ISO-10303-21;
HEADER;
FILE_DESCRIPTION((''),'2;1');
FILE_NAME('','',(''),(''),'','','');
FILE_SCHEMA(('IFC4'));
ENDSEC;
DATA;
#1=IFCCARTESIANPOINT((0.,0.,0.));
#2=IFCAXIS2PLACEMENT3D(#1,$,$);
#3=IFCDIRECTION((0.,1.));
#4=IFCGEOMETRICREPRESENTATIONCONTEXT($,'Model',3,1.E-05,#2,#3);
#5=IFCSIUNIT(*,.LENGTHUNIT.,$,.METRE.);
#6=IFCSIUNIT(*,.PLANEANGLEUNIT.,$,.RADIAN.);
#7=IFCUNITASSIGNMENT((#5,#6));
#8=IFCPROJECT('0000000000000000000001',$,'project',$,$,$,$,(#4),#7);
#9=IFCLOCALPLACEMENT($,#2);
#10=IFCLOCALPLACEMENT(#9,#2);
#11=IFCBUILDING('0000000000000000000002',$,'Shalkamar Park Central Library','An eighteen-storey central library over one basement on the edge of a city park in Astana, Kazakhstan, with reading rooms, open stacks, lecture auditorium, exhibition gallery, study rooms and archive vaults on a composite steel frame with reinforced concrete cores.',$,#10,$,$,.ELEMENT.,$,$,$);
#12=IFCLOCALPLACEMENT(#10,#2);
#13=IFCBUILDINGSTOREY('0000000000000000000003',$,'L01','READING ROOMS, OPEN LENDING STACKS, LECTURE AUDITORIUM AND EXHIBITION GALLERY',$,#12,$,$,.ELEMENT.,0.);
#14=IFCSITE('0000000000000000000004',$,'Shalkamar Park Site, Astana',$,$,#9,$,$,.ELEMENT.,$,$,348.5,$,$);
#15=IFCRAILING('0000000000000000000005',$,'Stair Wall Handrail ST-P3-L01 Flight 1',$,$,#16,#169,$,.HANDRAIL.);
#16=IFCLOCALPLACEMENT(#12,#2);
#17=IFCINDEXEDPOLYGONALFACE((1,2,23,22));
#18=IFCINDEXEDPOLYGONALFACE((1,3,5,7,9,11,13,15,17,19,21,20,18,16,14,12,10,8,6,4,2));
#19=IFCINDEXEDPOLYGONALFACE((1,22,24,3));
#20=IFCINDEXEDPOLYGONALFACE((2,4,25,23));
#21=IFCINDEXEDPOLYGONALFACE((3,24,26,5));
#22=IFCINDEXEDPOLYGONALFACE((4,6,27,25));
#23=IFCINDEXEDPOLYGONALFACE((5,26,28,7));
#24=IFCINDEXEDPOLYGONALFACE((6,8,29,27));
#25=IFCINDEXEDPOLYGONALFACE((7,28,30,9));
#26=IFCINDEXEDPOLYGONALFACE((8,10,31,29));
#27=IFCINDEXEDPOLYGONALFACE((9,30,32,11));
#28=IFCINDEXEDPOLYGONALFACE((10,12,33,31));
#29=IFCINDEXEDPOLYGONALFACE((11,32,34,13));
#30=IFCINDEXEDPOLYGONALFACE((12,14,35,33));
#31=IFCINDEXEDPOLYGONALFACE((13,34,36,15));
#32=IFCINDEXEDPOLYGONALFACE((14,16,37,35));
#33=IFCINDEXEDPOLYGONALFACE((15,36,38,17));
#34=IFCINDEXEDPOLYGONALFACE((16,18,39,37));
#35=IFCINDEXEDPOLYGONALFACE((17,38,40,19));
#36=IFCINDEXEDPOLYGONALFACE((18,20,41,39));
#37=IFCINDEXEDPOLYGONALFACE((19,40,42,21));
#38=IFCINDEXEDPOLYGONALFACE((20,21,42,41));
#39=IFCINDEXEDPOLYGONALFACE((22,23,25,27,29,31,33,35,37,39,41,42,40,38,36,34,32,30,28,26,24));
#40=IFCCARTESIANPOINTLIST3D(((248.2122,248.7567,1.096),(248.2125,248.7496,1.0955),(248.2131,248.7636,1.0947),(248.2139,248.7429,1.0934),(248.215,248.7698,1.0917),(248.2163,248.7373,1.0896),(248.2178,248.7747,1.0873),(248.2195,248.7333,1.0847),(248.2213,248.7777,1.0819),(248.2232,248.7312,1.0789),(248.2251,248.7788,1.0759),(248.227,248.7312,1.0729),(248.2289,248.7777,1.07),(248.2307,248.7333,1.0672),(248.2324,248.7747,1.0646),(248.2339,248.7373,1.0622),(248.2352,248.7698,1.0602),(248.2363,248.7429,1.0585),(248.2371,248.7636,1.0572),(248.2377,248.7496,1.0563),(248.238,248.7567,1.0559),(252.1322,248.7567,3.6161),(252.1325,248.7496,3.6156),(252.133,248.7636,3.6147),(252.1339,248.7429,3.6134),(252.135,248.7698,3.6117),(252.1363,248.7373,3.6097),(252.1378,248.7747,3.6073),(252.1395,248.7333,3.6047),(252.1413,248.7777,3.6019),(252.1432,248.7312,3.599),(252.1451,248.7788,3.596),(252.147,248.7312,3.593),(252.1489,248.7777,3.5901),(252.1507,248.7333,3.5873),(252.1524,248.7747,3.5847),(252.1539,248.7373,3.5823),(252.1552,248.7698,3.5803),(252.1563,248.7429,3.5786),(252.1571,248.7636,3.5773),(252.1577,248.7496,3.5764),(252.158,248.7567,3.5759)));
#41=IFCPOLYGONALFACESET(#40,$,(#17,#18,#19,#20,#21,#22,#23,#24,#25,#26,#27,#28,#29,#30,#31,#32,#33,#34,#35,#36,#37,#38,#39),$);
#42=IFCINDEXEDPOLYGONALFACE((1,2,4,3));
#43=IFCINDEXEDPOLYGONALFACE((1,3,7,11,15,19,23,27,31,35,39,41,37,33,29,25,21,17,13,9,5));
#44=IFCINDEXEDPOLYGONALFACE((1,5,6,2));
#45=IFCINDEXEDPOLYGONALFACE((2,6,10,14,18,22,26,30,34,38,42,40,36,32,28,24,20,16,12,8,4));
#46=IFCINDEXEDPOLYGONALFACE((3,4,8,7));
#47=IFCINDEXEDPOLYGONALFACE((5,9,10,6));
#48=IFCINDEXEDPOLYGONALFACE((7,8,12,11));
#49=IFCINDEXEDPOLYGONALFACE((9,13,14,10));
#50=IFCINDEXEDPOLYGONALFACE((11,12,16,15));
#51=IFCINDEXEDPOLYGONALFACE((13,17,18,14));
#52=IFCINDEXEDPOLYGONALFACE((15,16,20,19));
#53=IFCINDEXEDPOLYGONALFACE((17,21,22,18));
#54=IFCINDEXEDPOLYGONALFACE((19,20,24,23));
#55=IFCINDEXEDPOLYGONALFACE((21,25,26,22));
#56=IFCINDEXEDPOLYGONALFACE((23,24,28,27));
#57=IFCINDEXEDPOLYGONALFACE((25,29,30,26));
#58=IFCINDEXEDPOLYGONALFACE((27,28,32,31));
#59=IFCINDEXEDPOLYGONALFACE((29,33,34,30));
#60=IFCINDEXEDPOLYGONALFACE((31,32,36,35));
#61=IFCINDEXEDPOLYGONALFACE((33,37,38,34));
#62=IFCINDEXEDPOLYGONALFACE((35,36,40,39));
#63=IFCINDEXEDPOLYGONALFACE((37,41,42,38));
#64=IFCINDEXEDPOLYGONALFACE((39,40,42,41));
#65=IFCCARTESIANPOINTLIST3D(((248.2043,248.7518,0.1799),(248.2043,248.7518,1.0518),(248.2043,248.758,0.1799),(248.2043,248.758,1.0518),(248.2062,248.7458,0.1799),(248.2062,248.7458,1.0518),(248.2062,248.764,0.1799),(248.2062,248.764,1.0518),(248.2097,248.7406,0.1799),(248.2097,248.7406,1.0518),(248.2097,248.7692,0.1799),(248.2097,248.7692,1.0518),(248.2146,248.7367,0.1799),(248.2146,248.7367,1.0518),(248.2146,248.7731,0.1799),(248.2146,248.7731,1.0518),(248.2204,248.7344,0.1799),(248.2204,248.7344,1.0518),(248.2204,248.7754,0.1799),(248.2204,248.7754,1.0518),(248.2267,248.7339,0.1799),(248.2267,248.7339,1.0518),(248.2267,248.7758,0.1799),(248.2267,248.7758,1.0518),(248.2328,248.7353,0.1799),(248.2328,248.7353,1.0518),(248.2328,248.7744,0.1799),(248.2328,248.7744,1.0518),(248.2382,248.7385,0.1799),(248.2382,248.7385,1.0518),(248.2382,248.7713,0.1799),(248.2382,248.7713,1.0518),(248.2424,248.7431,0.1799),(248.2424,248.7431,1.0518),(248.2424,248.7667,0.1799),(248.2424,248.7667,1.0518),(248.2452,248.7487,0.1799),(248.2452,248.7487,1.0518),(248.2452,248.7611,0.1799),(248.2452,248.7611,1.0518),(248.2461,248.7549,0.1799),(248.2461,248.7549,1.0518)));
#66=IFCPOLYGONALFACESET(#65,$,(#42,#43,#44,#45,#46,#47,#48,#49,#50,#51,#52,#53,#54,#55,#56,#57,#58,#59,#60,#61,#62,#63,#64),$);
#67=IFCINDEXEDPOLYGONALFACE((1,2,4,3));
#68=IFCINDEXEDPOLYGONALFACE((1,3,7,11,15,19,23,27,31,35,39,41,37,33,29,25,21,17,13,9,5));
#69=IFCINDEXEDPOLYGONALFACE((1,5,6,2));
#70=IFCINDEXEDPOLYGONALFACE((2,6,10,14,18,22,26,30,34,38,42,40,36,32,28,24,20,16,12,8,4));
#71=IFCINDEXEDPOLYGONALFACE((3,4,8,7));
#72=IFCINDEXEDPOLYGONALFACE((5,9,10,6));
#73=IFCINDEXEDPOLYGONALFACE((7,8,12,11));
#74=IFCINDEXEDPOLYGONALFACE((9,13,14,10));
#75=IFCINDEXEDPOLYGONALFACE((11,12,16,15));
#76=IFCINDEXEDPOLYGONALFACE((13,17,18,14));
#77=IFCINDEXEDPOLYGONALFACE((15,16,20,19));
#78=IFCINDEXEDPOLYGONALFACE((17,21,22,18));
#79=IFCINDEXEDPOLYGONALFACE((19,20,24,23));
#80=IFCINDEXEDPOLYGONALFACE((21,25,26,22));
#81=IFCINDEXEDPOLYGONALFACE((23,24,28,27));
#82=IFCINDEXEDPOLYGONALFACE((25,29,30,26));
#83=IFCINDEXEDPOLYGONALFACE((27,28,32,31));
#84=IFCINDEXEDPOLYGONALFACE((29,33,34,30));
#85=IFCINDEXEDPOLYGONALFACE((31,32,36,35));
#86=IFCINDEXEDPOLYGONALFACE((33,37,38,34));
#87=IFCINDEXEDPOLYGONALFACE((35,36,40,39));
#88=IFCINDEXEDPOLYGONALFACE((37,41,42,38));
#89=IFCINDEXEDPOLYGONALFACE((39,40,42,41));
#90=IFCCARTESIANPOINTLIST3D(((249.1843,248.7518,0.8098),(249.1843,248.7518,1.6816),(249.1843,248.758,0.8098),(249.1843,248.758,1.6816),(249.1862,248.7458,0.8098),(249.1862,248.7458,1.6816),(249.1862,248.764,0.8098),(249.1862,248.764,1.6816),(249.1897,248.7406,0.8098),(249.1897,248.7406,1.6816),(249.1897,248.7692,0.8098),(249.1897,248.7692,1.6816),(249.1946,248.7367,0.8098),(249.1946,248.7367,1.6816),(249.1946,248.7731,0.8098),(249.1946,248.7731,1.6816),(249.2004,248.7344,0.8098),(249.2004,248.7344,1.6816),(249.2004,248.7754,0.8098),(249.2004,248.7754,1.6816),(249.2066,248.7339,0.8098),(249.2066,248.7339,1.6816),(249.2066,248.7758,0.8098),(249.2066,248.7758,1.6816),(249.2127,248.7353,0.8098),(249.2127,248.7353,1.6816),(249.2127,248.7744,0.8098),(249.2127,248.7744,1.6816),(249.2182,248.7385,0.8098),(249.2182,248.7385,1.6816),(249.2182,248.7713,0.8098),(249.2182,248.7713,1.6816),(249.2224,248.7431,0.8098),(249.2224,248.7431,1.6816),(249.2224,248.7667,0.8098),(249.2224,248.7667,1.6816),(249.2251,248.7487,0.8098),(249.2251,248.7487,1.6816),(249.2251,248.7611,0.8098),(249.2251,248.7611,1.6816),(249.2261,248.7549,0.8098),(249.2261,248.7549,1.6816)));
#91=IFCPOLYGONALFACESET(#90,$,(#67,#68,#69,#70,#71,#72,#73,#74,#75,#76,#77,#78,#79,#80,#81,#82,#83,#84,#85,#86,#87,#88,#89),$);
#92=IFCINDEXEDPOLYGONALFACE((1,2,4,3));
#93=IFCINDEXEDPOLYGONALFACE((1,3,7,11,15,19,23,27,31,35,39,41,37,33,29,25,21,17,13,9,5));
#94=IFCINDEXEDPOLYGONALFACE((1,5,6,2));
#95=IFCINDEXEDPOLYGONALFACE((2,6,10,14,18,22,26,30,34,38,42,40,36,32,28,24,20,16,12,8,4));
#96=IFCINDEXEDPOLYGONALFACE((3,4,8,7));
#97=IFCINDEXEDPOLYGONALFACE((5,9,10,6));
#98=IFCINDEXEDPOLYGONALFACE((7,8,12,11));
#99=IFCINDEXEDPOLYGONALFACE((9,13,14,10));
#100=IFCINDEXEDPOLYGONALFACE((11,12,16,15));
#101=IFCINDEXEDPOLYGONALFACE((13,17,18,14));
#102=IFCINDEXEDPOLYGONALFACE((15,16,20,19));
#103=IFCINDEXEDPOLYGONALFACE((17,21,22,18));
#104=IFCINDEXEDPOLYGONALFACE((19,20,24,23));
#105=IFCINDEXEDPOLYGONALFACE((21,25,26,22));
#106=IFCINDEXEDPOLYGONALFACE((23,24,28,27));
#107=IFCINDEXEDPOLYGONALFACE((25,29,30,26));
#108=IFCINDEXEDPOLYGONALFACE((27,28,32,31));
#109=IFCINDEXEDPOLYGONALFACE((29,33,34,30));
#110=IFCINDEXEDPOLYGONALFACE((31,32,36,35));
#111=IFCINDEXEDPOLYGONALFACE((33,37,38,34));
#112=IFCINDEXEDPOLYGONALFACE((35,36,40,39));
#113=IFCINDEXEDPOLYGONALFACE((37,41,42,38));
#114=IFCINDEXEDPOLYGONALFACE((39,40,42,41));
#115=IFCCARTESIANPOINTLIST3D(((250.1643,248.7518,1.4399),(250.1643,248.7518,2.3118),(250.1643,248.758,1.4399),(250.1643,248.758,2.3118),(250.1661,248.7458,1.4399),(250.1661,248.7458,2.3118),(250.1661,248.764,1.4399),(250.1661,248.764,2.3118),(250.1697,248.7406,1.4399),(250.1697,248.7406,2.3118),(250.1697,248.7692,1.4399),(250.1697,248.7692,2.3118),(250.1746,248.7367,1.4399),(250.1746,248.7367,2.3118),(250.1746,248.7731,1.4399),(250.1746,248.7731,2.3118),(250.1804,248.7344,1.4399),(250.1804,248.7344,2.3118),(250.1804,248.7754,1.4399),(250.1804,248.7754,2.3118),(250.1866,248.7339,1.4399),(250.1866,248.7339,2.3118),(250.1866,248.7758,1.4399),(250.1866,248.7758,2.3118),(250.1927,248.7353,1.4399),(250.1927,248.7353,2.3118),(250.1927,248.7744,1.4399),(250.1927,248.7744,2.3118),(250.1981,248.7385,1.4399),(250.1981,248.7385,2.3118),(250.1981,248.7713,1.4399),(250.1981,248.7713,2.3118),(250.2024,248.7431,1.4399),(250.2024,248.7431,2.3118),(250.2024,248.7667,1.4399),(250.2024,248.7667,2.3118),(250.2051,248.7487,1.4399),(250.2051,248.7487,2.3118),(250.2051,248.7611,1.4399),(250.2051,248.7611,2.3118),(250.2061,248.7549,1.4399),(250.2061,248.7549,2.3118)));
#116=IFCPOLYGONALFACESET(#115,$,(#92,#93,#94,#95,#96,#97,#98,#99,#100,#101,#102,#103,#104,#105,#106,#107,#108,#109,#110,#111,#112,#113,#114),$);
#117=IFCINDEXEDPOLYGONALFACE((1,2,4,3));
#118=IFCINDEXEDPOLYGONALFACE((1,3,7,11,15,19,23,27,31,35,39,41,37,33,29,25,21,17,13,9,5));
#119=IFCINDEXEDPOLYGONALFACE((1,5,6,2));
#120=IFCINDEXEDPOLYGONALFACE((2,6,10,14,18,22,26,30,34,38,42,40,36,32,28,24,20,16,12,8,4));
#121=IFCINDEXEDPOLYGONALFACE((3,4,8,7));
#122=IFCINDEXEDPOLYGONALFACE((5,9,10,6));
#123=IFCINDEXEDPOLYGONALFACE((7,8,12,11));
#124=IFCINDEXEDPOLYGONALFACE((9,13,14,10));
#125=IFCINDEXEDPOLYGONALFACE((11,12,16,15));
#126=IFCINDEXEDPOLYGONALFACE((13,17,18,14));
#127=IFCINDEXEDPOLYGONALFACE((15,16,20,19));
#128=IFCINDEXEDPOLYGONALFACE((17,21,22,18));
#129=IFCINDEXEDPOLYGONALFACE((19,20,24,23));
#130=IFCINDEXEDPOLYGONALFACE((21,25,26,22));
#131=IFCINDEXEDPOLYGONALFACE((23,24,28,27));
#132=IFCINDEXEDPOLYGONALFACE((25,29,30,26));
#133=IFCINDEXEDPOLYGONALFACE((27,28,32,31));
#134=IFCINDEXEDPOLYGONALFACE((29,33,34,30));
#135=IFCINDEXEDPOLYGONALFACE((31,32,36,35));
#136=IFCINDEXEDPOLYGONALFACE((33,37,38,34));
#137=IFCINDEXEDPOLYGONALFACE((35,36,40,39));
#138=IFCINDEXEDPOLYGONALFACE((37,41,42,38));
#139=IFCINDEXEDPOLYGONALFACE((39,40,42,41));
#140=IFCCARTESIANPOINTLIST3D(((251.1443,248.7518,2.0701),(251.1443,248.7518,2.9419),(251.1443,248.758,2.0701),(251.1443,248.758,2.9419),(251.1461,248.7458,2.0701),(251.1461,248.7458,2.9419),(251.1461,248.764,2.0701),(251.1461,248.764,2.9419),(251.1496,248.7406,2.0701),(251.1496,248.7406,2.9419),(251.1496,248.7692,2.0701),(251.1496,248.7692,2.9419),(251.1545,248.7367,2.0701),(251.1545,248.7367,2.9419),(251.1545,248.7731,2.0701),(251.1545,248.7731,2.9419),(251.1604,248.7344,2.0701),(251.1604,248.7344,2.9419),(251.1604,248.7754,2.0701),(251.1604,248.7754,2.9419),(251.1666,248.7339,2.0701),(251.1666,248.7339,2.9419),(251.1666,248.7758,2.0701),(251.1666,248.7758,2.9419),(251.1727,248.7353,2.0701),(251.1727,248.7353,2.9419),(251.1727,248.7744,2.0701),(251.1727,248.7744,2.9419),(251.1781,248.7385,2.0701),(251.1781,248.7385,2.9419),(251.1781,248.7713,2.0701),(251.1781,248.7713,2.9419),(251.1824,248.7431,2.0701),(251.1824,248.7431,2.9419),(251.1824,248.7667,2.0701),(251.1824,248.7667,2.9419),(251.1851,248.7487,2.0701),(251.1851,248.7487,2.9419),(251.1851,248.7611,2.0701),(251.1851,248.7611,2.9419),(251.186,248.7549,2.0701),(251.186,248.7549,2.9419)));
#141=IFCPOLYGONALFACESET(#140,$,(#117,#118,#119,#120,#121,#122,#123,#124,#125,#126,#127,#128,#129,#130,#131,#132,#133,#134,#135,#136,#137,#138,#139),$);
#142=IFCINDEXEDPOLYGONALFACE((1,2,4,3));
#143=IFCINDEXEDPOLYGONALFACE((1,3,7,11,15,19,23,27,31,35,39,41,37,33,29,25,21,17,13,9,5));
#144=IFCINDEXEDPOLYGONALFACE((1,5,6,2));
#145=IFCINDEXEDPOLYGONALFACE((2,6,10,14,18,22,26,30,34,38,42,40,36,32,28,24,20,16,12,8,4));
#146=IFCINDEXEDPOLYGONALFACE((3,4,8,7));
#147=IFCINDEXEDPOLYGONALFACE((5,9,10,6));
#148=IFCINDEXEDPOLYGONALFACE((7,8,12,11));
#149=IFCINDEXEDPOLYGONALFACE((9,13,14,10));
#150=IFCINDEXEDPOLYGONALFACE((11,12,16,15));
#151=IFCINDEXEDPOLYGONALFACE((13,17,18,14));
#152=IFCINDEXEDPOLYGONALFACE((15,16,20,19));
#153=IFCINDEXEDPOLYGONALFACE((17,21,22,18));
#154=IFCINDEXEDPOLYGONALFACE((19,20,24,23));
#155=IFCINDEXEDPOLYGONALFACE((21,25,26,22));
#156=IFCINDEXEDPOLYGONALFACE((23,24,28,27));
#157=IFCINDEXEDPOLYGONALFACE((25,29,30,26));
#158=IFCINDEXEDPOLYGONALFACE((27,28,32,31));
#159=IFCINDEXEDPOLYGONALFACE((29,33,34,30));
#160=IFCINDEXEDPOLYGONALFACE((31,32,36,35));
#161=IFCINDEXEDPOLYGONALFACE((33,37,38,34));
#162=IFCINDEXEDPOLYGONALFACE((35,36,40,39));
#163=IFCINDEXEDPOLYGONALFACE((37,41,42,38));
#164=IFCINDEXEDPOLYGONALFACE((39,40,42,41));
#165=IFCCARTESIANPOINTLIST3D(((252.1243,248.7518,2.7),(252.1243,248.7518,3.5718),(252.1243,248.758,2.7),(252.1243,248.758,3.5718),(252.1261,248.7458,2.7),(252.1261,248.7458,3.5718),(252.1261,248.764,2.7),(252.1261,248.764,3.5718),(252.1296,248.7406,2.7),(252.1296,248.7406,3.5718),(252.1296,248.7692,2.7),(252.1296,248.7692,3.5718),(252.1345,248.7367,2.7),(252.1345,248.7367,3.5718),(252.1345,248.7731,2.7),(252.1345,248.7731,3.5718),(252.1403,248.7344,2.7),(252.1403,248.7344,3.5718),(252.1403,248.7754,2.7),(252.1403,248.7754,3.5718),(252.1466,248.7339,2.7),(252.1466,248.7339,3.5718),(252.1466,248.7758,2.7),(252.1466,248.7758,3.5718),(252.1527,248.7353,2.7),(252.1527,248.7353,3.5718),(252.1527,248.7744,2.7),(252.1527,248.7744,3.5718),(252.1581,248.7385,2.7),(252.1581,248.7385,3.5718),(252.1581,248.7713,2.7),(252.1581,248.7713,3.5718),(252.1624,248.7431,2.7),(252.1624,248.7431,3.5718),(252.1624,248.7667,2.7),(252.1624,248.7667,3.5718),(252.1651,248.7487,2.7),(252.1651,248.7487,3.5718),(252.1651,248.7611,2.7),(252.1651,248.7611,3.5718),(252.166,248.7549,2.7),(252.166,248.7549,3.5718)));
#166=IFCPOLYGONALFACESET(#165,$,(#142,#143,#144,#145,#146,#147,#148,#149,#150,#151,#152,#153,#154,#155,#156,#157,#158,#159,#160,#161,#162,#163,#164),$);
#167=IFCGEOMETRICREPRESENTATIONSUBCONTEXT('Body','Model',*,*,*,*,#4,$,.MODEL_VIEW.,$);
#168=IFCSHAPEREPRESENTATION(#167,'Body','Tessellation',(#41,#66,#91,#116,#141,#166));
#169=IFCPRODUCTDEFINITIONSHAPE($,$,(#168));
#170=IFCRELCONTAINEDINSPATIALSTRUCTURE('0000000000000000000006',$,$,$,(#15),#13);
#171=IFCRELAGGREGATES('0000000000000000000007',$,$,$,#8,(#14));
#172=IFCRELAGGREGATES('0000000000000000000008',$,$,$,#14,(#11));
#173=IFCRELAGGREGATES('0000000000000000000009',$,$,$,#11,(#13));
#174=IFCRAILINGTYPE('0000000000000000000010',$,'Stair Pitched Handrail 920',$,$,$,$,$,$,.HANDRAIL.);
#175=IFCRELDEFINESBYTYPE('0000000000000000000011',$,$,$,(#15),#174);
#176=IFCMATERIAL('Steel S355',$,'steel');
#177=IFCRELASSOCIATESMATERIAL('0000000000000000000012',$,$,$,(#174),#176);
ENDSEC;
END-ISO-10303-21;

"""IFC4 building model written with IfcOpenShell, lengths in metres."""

from ifc_helpers import new_model, si_unit, direction, frame, origin, origin_2d, place, context, subcontext, project, spatial, circle, extrude, material, type_object, element, save


model = new_model("IFC4")

# Units and contexts
model_context = context("Model", 3, precision=1e-05, world=origin(), true_north=direction((0.0, 1.0)))
body_context = subcontext(model_context, "Body", "Model", "MODEL_VIEW")
ifc_project = project(units=[si_unit("LENGTHUNIT", "METRE"), si_unit("PLANEANGLEUNIT", "RADIAN")], contexts=[model_context])

# Site, building, storey
site_placement = place(None, origin())
site = spatial("IfcSite", under=ifc_project, at=site_placement, Name="Shalkamar Park Site, Astana", CompositionType="ELEMENT", RefElevation=348.5)
building_placement = place(site_placement, origin())
building = spatial("IfcBuilding", under=site, at=building_placement, Name="Shalkamar Park Central Library", Description="An eighteen-storey central library over one basement on the edge of a city park in Astana, Kazakhstan, with reading rooms, open stacks, lecture auditorium, exhibition gallery, study rooms and archive vaults on a composite steel frame with reinforced concrete cores.", CompositionType="ELEMENT")
storey_placement = place(building_placement, origin())
storey = spatial("IfcBuildingStorey", under=building, at=storey_placement, Name="L01", Description="READING ROOMS, OPEN LENDING STACKS, LECTURE AUDITORIUM AND EXHIBITION GALLERY", CompositionType="ELEMENT", Elevation=0.0)

# Shared definitions
ifc_material_1 = material(Name="Steel S355", Category="steel")

# Railing
railing_type_1 = type_object("IfcRailingType", Name="Stair Pitched Handrail 920", PredefinedType="HANDRAIL", material=ifc_material_1)
railing_1_placement = place(storey_placement, frame((248.2251, 248.7549, 0.1799)))
element("IfcRailing", 1, at=railing_1_placement, inside=storey, type_object=railing_type_1, Name="Stair Wall Handrail ST-P3-L01 Flight 1", PredefinedType="HANDRAIL", context=body_context, shape_type="SweptSolid", body=[
    extrude(circle(Radius=0.0239, at=origin_2d()), frame((0.0, 0.0, 0.896), z_axis=(0.841172, 0.0, 0.540768), x_axis=(0.0, 1.0, 0.0)), (0.0, 0.0, 1.0), 4.6602),
    extrude(circle(Radius=0.021, at=origin_2d()), origin(), (0.0, 0.0, 1.0), 0.8718),
    extrude(circle(Radius=0.021, at=origin_2d()), frame((0.98, 0.0, 0.6299)), (0.0, 0.0, 1.0), 0.8718),
    extrude(circle(Radius=0.021, at=origin_2d()), frame((1.96, 0.0, 1.26)), (0.0, 0.0, 1.0), 0.8718),
    extrude(circle(Radius=0.021, at=origin_2d()), frame((2.9399, 0.0, 1.8901)), (0.0, 0.0, 1.0), 0.8718),
    extrude(circle(Radius=0.021, at=origin_2d()), frame((3.9199, 0.0, 2.52)), (0.0, 0.0, 1.0), 0.8718),
])

save(model, "model.ifc")
